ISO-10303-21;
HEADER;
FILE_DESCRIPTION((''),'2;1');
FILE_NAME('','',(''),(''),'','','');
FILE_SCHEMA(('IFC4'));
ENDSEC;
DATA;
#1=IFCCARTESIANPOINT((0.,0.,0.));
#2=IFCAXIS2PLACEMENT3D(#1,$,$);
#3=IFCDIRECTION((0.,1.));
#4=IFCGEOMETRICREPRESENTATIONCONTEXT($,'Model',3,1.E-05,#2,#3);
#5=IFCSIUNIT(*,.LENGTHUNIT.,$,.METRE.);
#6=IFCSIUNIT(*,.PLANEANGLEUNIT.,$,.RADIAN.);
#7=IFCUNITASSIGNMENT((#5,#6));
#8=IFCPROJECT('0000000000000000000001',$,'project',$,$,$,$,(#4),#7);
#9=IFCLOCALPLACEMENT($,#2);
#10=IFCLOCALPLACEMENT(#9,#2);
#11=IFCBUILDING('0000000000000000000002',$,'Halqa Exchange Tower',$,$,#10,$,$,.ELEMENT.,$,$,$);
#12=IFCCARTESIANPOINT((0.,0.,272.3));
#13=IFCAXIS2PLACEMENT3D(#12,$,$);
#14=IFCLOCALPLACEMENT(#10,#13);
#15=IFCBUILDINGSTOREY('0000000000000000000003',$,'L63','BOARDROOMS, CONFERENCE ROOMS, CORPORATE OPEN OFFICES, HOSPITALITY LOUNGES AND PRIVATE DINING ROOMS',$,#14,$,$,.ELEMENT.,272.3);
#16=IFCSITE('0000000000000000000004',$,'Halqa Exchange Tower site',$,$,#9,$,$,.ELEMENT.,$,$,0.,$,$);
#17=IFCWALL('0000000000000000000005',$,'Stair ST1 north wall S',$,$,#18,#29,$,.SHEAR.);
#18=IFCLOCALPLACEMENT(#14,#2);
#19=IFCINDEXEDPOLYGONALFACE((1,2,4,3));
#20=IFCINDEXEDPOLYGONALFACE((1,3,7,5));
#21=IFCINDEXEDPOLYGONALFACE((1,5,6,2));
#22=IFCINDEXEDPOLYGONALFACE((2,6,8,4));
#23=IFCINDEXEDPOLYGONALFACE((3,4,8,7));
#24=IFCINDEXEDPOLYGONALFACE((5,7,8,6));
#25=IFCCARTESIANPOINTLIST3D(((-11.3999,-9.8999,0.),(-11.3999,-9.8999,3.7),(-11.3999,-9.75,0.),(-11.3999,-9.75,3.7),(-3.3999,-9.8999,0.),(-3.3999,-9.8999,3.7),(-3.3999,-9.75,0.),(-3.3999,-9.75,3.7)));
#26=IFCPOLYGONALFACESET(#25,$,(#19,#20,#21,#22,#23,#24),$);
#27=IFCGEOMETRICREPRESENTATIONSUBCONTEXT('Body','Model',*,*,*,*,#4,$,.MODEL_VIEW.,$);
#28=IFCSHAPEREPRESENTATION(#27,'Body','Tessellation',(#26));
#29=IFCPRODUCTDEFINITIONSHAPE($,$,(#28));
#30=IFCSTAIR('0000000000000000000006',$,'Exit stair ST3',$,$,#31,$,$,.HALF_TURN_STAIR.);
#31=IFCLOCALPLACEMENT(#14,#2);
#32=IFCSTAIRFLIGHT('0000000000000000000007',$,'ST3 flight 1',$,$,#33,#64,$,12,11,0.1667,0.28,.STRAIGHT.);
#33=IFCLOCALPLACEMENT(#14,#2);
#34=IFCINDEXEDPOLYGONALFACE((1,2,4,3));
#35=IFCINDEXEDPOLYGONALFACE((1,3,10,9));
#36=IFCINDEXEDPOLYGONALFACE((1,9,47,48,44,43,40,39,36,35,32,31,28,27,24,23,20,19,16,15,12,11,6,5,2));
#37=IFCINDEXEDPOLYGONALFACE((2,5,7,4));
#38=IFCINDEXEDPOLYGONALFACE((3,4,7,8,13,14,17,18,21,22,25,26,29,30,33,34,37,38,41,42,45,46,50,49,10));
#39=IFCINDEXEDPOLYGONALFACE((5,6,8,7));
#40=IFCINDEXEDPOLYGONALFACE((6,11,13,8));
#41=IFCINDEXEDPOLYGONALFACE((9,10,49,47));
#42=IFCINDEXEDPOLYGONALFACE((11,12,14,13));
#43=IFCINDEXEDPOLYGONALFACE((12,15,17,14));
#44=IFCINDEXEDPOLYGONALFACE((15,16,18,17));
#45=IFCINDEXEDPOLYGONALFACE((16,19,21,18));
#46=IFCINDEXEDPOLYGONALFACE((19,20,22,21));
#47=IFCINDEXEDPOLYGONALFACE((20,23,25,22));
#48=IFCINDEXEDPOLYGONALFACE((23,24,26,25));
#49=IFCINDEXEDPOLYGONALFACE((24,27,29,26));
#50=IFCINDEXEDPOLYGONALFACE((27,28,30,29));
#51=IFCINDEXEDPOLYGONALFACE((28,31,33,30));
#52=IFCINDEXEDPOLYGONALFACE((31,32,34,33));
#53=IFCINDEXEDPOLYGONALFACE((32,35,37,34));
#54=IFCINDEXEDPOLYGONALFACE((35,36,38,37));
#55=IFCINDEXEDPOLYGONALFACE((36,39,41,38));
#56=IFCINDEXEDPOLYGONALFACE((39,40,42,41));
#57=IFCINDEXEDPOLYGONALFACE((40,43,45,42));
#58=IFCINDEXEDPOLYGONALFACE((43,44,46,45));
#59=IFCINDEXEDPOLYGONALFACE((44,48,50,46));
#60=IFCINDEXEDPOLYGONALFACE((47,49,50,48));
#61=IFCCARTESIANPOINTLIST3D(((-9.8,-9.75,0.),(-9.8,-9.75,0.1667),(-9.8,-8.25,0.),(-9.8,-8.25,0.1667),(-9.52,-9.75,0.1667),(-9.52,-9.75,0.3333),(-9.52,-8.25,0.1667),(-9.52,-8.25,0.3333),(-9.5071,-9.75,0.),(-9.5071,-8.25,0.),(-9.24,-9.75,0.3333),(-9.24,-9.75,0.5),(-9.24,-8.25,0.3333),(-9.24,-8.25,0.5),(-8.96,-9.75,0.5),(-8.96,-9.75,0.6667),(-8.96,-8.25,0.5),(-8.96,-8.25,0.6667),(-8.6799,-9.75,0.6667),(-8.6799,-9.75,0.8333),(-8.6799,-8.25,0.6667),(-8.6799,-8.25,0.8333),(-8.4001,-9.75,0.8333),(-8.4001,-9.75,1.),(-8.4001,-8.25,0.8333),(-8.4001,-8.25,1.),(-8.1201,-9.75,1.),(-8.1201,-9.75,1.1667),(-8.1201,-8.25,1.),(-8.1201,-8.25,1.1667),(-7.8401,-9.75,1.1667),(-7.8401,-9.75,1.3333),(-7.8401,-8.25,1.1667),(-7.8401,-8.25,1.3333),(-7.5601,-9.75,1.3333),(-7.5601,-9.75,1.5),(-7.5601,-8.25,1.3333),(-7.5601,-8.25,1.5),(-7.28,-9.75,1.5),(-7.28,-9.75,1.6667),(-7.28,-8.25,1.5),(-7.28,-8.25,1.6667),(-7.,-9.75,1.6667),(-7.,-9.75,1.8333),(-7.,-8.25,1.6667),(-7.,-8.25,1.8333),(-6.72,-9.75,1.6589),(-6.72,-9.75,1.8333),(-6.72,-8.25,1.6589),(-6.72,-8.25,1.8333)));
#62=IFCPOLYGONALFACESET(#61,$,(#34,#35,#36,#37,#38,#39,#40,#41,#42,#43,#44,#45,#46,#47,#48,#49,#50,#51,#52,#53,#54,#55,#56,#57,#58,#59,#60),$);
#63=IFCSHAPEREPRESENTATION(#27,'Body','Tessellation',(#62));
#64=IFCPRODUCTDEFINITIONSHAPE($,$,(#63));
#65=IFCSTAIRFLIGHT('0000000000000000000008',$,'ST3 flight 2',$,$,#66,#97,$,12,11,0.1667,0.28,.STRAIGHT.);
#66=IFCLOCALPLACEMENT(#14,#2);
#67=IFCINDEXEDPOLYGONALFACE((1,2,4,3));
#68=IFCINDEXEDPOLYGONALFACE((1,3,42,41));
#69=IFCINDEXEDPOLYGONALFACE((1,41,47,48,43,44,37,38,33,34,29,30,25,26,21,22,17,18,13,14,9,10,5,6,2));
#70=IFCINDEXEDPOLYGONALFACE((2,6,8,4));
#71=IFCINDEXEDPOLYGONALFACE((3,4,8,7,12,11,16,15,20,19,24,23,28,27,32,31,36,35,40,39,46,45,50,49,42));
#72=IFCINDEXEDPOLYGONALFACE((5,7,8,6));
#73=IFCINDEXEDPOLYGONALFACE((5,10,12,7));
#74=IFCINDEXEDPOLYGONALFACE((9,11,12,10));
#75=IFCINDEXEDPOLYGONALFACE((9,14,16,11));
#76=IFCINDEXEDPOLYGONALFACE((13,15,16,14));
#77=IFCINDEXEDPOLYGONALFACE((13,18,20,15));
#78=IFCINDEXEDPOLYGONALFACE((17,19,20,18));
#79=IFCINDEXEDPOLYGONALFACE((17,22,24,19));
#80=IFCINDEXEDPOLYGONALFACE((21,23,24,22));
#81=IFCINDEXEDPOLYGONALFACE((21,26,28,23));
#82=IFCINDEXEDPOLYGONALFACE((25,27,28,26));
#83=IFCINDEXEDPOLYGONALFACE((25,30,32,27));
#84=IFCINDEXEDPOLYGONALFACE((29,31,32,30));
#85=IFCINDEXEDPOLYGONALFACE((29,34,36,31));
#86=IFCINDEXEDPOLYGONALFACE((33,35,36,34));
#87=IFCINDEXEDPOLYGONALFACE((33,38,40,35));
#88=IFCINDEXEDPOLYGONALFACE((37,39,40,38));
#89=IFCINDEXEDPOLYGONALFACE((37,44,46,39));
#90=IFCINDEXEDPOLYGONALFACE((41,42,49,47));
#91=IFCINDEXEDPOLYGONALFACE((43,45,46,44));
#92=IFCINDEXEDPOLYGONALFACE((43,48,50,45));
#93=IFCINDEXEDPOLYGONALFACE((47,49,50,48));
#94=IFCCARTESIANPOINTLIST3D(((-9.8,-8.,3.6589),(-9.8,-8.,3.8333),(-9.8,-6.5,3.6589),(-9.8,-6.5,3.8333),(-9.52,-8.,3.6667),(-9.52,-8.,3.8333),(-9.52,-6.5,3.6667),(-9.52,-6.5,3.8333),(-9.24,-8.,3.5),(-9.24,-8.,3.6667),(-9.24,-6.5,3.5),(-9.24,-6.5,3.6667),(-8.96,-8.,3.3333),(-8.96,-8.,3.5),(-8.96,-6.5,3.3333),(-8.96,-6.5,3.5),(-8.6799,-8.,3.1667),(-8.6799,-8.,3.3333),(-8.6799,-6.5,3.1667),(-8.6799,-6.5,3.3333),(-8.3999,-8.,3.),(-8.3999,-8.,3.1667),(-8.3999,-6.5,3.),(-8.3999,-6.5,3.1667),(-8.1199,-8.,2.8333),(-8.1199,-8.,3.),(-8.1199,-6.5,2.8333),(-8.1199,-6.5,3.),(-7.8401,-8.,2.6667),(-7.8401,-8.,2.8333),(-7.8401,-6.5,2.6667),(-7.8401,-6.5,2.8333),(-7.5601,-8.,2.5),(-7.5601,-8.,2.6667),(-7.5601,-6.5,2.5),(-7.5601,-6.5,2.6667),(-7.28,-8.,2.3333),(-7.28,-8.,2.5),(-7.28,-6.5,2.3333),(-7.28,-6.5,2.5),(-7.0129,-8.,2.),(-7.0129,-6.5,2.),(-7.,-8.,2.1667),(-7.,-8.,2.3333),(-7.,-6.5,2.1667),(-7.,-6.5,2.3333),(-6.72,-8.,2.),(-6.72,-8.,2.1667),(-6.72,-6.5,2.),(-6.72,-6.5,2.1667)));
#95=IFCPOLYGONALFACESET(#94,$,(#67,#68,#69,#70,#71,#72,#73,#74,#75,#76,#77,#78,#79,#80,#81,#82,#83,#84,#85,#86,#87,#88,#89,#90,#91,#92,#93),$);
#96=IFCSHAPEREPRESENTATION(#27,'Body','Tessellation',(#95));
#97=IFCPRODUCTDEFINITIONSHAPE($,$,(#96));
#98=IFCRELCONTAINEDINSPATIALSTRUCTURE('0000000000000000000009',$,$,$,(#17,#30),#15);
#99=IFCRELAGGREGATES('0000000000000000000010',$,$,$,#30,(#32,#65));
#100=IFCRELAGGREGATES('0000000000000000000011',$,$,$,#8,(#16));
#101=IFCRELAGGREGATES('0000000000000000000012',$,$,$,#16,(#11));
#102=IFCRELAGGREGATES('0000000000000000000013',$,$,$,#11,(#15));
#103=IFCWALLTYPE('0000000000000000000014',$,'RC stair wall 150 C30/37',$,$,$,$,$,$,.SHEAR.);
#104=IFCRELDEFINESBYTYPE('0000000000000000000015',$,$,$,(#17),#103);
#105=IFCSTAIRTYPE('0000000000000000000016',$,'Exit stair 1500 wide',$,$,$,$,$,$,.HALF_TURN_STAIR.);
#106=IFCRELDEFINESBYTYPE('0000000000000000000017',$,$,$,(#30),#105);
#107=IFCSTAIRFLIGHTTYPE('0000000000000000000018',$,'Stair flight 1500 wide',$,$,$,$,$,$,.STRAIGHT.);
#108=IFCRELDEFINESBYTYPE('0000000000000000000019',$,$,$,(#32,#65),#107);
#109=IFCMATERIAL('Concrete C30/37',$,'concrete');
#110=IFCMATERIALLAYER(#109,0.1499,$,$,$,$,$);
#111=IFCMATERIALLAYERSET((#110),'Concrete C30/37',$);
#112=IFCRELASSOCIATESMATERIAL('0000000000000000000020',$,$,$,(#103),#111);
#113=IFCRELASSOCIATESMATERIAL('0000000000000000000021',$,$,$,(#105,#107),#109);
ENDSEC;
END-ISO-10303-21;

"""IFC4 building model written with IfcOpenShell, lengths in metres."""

from ifc_helpers import new_model, si_unit, direction, frame, frame_2d, origin, place, context, subcontext, project, spatial, polyline, rectangle, outline, extrude, material, layer, layer_set, type_object, element, aggregate, save


model = new_model("IFC4")

# Units and contexts
model_context = context("Model", 3, precision=1e-05, world=origin(), true_north=direction((0.0, 1.0)))
body_context = subcontext(model_context, "Body", "Model", "MODEL_VIEW")
ifc_project = project(units=[si_unit("LENGTHUNIT", "METRE"), si_unit("PLANEANGLEUNIT", "RADIAN")], contexts=[model_context])

# Site, building, storey
site_placement = place(None, origin())
site = spatial("IfcSite", under=ifc_project, at=site_placement, Name="Halqa Exchange Tower site", CompositionType="ELEMENT", RefElevation=0.0)
building_placement = place(site_placement, origin())
building = spatial("IfcBuilding", under=site, at=building_placement, Name="Halqa Exchange Tower", CompositionType="ELEMENT")
storey_placement = place(building_placement, frame((0.0, 0.0, 272.3)))
storey = spatial("IfcBuildingStorey", under=building, at=storey_placement, Name="L63", Description="BOARDROOMS, CONFERENCE ROOMS, CORPORATE OPEN OFFICES, HOSPITALITY LOUNGES AND PRIVATE DINING ROOMS", CompositionType="ELEMENT", Elevation=272.3)

# Wall
ifc_material_1 = material(Name="Concrete C30/37", Category="concrete")
ifc_layer_1 = layer(ifc_material_1, 0.1499)
ifc_layer_set_1 = layer_set([ifc_layer_1], Name="Concrete C30/37")
wall_type_1 = type_object("IfcWallType", Name="RC stair wall 150 C30/37", PredefinedType="SHEAR", material=ifc_layer_set_1)
wall_1_placement = place(storey_placement, frame((-11.3999, -9.825, 0.0), z_axis=(0.0, 0.0, 1.0), x_axis=(1.0, 0.0, 0.0)))
element("IfcWall", 1, at=wall_1_placement, inside=storey, type_object=wall_type_1, Name="Stair ST1 north wall S", PredefinedType="SHEAR", context=body_context, shape_type="SweptSolid", body=[
    extrude(rectangle(XDim=8.0, YDim=0.1499, at=frame_2d((4.0, 0.0))), origin(), (0.0, 0.0, 1.0), 3.7),
])

# Stair, stair flights
stair_type = type_object("IfcStairType", Name="Exit stair 1500 wide", PredefinedType="HALF_TURN_STAIR", material=ifc_material_1)
stair_placement = place(storey_placement, origin())
stair = element("IfcStair", 2, at=stair_placement, inside=storey, type_object=stair_type, Name="Exit stair ST3", PredefinedType="HALF_TURN_STAIR")
stair_flight_type = type_object("IfcStairFlightType", Name="Stair flight 1500 wide", PredefinedType="STRAIGHT", material=ifc_material_1)
stair_flight_1_placement = place(storey_placement, frame((-9.8, -9.0, 0.0), z_axis=(0.0, 0.0, 1.0), x_axis=(1.0, 0.0, 0.0)))
stair_flight_1 = element("IfcStairFlight", 3, at=stair_flight_1_placement, type_object=stair_flight_type, Name="ST3 flight 1", NumberOfRisers=12, NumberOfTreads=11, PredefinedType="STRAIGHT", RiserHeight=0.1667, TreadLength=0.28, context=body_context, shape_type="SweptSolid", body=[
    extrude(outline(polyline([(0.0, 0.0), (0.0, 0.1667), (0.28, 0.1667), (0.28, 0.3333), (0.5601, 0.3333), (0.5601, 0.5), (0.8401, 0.5), (0.8401, 0.6667), (1.1201, 0.6667), (1.1201, 0.8333), (1.3999, 0.8333), (1.3999, 1.0), (1.6799, 1.0), (1.6799, 1.1667), (1.96, 1.1667), (1.96, 1.3333), (2.24, 1.3333), (2.24, 1.5), (2.52, 1.5), (2.52, 1.6667), (2.8, 1.6667), (2.8, 1.8333), (3.0801, 1.8333), (3.0801, 2.0), (3.0801, 1.6589), (0.293, 0.0), (0.0, 0.0)])), frame((0.0, 0.75, 0.0), z_axis=(0.0, -1.0, 0.0), x_axis=(1.0, 0.0, 0.0)), (0.0, 0.0, 1.0), 1.5),
])
stair_flight_2_placement = place(storey_placement, frame((-6.72, -7.25, 2.0), z_axis=(0.0, 0.0, 1.0), x_axis=(-1.0, 0.0, 0.0)))
stair_flight_2 = element("IfcStairFlight", 4, at=stair_flight_2_placement, type_object=stair_flight_type, Name="ST3 flight 2", NumberOfRisers=12, NumberOfTreads=11, PredefinedType="STRAIGHT", RiserHeight=0.1667, TreadLength=0.28, context=body_context, shape_type="SweptSolid", body=[
    extrude(outline(polyline([(0.0, 0.0), (0.0, 0.1667), (0.28, 0.1667), (0.28, 0.3333), (0.5601, 0.3333), (0.5601, 0.5), (0.8401, 0.5), (0.8401, 0.6667), (1.1201, 0.6667), (1.1201, 0.8333), (1.3999, 0.8333), (1.3999, 1.0), (1.6799, 1.0), (1.6799, 1.1667), (1.96, 1.1667), (1.96, 1.3333), (2.24, 1.3333), (2.24, 1.5), (2.52, 1.5), (2.52, 1.6667), (2.8, 1.6667), (2.8, 1.8333), (3.0801, 1.8333), (3.0801, 2.0), (3.0801, 1.6589), (0.293, 0.0), (0.0, 0.0)])), frame((0.0, 0.75, 0.0), z_axis=(0.0, -1.0, 0.0), x_axis=(1.0, 0.0, 0.0)), (0.0, 0.0, 1.0), 1.5),
])
aggregate(stair, [stair_flight_1, stair_flight_2])

save(model, "model.ifc")
